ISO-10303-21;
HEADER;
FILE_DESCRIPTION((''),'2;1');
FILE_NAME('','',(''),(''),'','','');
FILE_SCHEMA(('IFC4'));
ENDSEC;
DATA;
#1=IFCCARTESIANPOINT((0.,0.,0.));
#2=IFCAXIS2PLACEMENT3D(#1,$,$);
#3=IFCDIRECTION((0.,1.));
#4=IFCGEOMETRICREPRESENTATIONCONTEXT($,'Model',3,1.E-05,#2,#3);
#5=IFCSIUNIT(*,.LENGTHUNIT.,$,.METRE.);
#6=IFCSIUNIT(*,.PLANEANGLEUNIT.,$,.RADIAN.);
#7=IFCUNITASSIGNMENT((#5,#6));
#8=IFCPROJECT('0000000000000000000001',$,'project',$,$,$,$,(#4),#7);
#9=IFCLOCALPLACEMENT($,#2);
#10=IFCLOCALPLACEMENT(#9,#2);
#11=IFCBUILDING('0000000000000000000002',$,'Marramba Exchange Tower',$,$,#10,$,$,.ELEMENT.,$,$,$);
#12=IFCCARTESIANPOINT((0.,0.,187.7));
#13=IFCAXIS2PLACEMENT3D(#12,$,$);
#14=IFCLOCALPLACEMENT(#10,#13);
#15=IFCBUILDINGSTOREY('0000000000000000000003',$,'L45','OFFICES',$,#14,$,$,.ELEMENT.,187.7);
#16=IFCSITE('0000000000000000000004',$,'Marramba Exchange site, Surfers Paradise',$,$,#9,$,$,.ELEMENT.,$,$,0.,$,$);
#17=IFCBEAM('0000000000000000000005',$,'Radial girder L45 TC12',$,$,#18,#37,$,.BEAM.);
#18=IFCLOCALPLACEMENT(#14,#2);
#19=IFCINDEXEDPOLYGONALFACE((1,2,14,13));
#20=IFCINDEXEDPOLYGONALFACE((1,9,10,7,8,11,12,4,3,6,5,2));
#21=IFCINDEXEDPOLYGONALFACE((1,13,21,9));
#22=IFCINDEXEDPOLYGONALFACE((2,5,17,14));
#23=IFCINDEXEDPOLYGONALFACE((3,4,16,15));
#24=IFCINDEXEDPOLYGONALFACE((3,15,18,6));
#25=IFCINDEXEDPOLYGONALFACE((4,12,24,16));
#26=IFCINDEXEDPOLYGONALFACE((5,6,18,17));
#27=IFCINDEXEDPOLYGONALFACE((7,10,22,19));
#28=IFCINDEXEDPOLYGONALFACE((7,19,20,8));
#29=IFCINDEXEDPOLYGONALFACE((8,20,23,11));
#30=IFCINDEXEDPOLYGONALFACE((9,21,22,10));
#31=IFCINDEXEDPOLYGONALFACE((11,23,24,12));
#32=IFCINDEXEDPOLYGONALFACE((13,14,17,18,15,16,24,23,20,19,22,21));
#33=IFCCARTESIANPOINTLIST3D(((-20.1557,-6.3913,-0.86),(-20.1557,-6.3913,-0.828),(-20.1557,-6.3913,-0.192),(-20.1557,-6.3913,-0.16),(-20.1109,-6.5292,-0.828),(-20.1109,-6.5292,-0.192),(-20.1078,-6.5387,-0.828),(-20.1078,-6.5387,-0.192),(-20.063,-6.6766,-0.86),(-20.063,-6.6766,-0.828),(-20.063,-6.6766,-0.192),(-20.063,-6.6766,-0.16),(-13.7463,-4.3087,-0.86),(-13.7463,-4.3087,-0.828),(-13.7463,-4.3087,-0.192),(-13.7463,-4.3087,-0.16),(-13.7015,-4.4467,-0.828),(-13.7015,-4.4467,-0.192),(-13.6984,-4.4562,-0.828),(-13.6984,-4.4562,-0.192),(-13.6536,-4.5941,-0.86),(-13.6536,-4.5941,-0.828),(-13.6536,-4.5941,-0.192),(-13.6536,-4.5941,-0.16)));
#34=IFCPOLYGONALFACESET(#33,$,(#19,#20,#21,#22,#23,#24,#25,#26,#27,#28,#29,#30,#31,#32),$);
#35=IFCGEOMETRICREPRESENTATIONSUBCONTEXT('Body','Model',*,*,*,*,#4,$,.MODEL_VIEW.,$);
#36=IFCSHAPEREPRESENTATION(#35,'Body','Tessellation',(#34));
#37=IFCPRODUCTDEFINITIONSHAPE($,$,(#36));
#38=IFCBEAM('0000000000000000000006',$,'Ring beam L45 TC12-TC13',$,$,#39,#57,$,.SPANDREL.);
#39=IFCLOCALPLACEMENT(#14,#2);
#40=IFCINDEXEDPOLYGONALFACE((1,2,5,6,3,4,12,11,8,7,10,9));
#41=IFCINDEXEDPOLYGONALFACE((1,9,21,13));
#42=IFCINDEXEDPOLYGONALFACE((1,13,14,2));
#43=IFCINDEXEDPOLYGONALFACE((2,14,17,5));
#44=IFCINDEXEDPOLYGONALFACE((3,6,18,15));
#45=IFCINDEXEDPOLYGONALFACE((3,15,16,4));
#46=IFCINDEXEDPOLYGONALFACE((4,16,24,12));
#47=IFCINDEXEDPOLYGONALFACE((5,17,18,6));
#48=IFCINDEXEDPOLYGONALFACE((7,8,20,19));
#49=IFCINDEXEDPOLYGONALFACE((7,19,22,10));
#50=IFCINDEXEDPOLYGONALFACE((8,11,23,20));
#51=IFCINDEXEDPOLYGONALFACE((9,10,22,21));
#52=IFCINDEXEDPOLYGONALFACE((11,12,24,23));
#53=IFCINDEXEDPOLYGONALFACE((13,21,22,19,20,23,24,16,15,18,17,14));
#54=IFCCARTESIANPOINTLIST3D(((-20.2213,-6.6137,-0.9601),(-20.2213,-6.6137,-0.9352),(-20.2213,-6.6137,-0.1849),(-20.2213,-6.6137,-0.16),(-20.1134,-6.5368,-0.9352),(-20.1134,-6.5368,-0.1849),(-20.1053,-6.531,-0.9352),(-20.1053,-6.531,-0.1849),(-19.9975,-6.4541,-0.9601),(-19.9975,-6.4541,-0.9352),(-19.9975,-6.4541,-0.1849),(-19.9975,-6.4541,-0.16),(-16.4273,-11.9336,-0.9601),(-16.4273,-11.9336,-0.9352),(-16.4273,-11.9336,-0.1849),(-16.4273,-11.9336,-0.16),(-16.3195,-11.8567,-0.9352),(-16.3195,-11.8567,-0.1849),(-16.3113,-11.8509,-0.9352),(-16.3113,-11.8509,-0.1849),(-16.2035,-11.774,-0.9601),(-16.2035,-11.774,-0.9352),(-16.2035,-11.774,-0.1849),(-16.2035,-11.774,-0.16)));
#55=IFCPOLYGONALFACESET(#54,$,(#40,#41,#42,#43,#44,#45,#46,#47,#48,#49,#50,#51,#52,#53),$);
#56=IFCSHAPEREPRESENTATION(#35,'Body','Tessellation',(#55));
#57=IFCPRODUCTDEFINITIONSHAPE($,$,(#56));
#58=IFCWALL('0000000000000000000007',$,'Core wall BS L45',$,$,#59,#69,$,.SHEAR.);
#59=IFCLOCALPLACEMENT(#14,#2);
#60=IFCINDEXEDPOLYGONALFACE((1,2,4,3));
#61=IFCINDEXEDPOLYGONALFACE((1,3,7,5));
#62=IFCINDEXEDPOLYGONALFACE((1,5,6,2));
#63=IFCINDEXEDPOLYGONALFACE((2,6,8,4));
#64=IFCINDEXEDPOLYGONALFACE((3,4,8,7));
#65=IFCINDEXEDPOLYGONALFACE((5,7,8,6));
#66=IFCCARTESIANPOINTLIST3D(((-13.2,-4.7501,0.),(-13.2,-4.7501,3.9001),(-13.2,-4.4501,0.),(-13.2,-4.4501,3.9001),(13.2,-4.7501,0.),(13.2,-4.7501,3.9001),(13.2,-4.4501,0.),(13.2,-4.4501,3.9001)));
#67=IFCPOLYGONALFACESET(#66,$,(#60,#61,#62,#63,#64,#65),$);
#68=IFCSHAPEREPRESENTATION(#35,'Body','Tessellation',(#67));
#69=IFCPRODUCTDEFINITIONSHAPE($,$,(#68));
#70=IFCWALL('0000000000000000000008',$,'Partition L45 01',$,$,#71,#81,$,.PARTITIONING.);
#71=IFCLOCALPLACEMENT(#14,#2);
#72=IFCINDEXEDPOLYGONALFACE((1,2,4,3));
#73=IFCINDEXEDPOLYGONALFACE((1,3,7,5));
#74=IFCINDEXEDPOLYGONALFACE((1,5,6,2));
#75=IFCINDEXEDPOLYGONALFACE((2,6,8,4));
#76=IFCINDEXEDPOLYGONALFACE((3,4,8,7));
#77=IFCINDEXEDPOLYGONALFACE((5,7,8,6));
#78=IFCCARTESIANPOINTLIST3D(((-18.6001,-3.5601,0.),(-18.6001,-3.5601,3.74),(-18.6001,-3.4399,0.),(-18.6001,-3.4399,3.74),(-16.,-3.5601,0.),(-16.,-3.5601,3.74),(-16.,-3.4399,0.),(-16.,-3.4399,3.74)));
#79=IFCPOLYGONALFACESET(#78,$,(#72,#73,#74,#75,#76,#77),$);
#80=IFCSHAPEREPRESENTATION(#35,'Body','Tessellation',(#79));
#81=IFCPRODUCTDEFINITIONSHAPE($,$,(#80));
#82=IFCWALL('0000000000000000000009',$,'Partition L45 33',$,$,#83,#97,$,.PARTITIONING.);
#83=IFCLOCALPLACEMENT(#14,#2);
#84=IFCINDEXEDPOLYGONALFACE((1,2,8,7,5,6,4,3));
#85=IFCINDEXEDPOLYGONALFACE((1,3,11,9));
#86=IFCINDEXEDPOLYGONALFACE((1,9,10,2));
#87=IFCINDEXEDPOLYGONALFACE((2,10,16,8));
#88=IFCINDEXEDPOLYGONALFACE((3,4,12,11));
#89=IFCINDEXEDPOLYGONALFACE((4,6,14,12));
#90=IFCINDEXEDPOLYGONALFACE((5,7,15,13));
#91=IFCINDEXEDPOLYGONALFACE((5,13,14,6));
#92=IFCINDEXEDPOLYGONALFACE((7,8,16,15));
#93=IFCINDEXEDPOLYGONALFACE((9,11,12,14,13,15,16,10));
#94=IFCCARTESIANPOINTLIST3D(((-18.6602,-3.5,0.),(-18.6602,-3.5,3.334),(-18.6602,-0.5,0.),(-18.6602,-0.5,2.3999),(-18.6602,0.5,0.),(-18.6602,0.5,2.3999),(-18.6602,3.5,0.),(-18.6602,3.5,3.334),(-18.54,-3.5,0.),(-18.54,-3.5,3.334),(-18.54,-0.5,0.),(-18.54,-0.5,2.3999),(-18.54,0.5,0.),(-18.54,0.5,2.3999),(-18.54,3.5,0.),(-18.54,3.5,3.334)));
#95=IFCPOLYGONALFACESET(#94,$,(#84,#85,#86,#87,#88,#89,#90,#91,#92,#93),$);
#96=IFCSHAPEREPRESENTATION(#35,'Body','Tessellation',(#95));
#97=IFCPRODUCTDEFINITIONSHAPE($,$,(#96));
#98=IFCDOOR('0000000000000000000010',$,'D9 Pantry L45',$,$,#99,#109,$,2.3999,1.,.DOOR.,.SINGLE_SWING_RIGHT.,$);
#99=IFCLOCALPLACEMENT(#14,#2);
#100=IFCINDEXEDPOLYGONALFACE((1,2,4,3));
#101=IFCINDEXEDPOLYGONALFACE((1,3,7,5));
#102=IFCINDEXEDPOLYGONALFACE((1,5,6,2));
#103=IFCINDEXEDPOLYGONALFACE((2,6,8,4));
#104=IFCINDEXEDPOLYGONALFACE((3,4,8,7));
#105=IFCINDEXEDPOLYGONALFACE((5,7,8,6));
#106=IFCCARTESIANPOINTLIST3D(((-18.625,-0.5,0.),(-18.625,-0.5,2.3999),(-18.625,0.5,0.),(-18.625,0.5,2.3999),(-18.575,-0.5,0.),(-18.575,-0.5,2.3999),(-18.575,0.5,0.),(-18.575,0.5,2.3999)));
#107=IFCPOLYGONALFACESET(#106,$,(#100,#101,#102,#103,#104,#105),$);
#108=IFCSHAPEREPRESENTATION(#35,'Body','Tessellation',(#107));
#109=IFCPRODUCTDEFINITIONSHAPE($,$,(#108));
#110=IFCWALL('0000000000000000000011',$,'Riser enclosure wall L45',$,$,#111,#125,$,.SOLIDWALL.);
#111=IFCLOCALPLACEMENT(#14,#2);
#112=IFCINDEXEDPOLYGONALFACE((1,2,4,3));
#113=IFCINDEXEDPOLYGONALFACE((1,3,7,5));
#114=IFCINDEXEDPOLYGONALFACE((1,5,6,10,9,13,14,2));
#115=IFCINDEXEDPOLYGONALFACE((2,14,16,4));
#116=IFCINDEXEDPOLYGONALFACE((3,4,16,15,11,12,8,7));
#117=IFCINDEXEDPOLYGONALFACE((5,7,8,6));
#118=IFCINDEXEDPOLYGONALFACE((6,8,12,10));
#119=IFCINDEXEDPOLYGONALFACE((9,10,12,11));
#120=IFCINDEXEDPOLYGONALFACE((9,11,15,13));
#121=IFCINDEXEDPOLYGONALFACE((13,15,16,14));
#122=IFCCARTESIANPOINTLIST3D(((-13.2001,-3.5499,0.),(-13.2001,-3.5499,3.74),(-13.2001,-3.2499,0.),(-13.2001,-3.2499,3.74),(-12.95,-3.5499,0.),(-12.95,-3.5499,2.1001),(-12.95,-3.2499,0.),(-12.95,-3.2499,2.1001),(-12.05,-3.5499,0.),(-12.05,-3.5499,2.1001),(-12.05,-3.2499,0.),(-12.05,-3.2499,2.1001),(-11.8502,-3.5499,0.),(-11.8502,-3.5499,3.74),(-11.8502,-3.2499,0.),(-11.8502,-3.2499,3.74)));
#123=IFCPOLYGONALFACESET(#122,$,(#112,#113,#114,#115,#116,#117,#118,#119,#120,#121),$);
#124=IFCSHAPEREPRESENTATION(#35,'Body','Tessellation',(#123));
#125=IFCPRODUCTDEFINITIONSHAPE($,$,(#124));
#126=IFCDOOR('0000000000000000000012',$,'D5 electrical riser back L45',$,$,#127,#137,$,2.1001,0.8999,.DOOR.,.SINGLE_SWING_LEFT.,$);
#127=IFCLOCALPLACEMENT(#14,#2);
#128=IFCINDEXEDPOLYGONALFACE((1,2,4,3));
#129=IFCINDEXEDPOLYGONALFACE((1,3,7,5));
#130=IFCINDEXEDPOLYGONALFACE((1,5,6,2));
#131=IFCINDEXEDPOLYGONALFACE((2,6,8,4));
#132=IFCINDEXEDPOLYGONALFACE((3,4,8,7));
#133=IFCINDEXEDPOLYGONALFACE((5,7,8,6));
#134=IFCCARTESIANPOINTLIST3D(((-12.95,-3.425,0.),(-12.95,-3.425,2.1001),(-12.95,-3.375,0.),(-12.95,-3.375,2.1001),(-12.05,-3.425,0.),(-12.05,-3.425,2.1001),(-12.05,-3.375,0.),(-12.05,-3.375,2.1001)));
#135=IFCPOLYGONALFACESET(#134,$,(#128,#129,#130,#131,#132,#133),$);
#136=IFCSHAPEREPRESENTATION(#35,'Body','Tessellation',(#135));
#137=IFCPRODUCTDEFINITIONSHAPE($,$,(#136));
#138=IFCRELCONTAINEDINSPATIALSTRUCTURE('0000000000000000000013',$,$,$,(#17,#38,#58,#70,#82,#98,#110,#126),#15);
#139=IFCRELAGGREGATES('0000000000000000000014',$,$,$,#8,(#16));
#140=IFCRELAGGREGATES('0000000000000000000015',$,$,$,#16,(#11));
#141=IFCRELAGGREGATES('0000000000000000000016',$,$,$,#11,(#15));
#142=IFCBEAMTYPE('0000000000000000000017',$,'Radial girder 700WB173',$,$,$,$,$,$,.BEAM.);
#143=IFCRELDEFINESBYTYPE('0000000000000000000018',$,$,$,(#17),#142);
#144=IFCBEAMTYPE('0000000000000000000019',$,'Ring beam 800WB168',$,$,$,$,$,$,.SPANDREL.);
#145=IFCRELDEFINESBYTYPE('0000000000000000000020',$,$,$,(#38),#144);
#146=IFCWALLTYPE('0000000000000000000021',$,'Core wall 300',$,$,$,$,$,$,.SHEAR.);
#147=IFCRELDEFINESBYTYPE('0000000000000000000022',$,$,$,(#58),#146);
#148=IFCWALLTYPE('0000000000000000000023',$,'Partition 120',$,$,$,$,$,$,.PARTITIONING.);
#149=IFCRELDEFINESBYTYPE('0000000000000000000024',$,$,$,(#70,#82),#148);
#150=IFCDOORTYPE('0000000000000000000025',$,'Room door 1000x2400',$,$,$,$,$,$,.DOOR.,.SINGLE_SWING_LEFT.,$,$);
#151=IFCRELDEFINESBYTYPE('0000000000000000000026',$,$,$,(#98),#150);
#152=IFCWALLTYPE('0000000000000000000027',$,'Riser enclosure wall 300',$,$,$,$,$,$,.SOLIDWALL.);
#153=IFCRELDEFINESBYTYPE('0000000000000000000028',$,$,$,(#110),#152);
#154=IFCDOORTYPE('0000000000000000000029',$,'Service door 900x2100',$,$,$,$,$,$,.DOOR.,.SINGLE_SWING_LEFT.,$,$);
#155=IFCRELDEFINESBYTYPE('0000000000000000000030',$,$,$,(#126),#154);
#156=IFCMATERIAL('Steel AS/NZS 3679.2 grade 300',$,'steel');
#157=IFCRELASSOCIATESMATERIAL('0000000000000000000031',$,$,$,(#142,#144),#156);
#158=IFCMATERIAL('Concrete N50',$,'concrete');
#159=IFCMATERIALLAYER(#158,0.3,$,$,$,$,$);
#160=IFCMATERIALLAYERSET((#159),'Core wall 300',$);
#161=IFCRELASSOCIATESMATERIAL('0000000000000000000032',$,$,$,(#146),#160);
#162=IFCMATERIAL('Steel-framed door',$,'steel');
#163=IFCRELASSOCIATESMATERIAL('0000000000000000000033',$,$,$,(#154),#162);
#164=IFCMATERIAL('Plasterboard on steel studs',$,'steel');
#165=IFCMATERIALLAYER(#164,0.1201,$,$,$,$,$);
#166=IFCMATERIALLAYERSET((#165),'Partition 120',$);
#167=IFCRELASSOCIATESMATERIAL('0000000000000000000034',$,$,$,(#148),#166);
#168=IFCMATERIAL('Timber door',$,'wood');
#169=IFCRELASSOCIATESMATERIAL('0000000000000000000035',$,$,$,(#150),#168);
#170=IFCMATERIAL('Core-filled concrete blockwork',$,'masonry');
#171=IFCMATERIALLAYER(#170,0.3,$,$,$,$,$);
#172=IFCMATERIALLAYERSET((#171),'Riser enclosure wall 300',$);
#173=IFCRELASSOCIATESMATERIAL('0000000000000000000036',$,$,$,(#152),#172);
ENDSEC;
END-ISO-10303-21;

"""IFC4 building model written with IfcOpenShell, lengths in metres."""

from ifc_helpers import new_model, si_unit, direction, frame, frame_2d, origin, origin_2d, place, context, subcontext, project, spatial, rectangle, i_section, extrude, material, layer, layer_set, material_profile, profile_set, type_object, element, fill, save


model = new_model("IFC4")

# Units and contexts
model_context = context("Model", 3, precision=1e-05, world=origin(), true_north=direction((0.0, 1.0)))
body_context = subcontext(model_context, "Body", "Model", "MODEL_VIEW")
ifc_project = project(units=[si_unit("LENGTHUNIT", "METRE"), si_unit("PLANEANGLEUNIT", "RADIAN")], contexts=[model_context])

# Site, building, storey
site_placement = place(None, origin())
site = spatial("IfcSite", under=ifc_project, at=site_placement, Name="Marramba Exchange site, Surfers Paradise", CompositionType="ELEMENT", RefElevation=0.0)
building_placement = place(site_placement, origin())
building = spatial("IfcBuilding", under=site, at=building_placement, Name="Marramba Exchange Tower", CompositionType="ELEMENT")
storey_placement = place(building_placement, frame((0.0, 0.0, 187.7)))
storey = spatial("IfcBuildingStorey", under=building, at=storey_placement, Name="L45", Description="OFFICES", CompositionType="ELEMENT", Elevation=187.7)

# Shared definitions
ifc_material_1 = material(Name="Concrete N50", Category="concrete")

# Beams
ifc_material_2 = material(Name="Steel AS/NZS 3679.2 grade 300", Category="steel")
ifc_material_profile_1 = material_profile(ifc_material_2, i_section(OverallWidth=0.3, OverallDepth=0.7, WebThickness=0.01, FlangeThickness=0.032, at=origin_2d()), Name="700WB173")
ifc_profile_set_1 = profile_set([ifc_material_profile_1], Name="Steel AS/NZS 3679.2 grade 300")
beam_type_1 = type_object("IfcBeamType", Name="Radial girder 700WB173", PredefinedType="BEAM", material=ifc_profile_set_1)
beam_1_placement = place(storey_placement, frame((-13.7, -4.4514, -0.51), z_axis=(-0.951058, -0.309013, 0.0), x_axis=(0.309013, -0.951058, 0.0)))
element("IfcBeam", 1, at=beam_1_placement, inside=storey, type_object=beam_type_1, Name="Radial girder L45 TC12", PredefinedType="BEAM", context=body_context, shape_type="SweptSolid", body=[
    extrude(i_section(OverallWidth=0.3, OverallDepth=0.7, WebThickness=0.01, FlangeThickness=0.032, at=origin_2d()), origin(), (0.0, 0.0, 1.0), 6.7393),
])
ifc_material_profile_2 = material_profile(ifc_material_2, i_section(OverallWidth=0.2749, OverallDepth=0.8, WebThickness=0.01, FlangeThickness=0.0249, at=origin_2d()), Name="800WB168")
ifc_profile_set_2 = profile_set([ifc_material_profile_2], Name="Steel AS/NZS 3679.2 grade 300")
beam_type_2 = type_object("IfcBeamType", Name="Ring beam 800WB168", PredefinedType="SPANDREL", material=ifc_profile_set_2)
beam_2_placement = place(storey_placement, frame((-20.1094, -6.5339, -0.5601), z_axis=(0.580637, -0.814162, 0.0), x_axis=(0.814162, 0.580637, 0.0)))
element("IfcBeam", 2, at=beam_2_placement, inside=storey, type_object=beam_type_2, Name="Ring beam L45 TC12-TC13", PredefinedType="SPANDREL", context=body_context, shape_type="SweptSolid", body=[
    extrude(i_section(OverallWidth=0.2749, OverallDepth=0.8, WebThickness=0.01, FlangeThickness=0.0249, at=origin_2d()), origin(), (0.0, 0.0, 1.0), 6.5342),
])

# Shared definitions
ifc_layer_1 = layer(ifc_material_1, 0.3)
ifc_layer_set_1 = layer_set([ifc_layer_1], Name="Core wall 300")
wall_type_1 = type_object("IfcWallType", Name="Core wall 300", PredefinedType="SHEAR", material=ifc_layer_set_1)
ifc_material_3 = material(Name="Steel-framed door", Category="steel")
door_type_1 = type_object("IfcDoorType", Name="Service door 900x2100", OperationType="SINGLE_SWING_LEFT", PredefinedType="DOOR", material=ifc_material_3)

# Walls
wall_1_placement = place(storey_placement, frame((-13.2, -4.6001, 0.0), z_axis=(0.0, 0.0, 1.0), x_axis=(1.0, 0.0, 0.0)))
element("IfcWall", 3, at=wall_1_placement, inside=storey, type_object=wall_type_1, Name="Core wall BS L45", PredefinedType="SHEAR", context=body_context, shape_type="SweptSolid", body=[
    extrude(rectangle(XDim=26.3999, YDim=0.3, at=frame_2d((13.2, 0.0))), origin(), (0.0, 0.0, 1.0), 3.9001),
])
ifc_material_4 = material(Name="Plasterboard on steel studs", Category="steel")
ifc_layer_2 = layer(ifc_material_4, 0.1201)
ifc_layer_set_2 = layer_set([ifc_layer_2], Name="Partition 120")
wall_type_2 = type_object("IfcWallType", Name="Partition 120", PredefinedType="PARTITIONING", material=ifc_layer_set_2)
wall_2_placement = place(storey_placement, frame((-16.0, -3.5, 0.0), z_axis=(0.0, 0.0, 1.0), x_axis=(-1.0, 0.0, 0.0)))
element("IfcWall", 4, at=wall_2_placement, inside=storey, type_object=wall_type_2, Name="Partition L45 01", PredefinedType="PARTITIONING", context=body_context, shape_type="SweptSolid", body=[
    extrude(rectangle(XDim=2.6001, YDim=0.1201, at=frame_2d((1.3, 0.0))), origin(), (0.0, 0.0, 1.0), 3.74),
])

# Walls, openings, doors
wall_3_placement = place(storey_placement, frame((-18.6001, -3.5, 0.0), z_axis=(0.0, 0.0, 1.0), x_axis=(0.0, 1.0, 0.0)))
wall_3 = element("IfcWall", 5, at=wall_3_placement, inside=storey, type_object=wall_type_2, Name="Partition L45 33", PredefinedType="PARTITIONING", context=body_context, shape_type="SweptSolid", body=[
    extrude(rectangle(XDim=7.0, YDim=0.1201, at=frame_2d((3.5, 0.0))), origin(), (0.0, 0.0, 1.0), 3.334),
])
opening_1_placement = place(wall_3_placement, frame((3.0, 0.0, 0.0)))
opening_1 = element("IfcOpeningElement", 6, at=opening_1_placement, cuts=wall_3, PredefinedType="OPENING", context=body_context, shape_type="SweptSolid", body=[
    extrude(rectangle(XDim=1.0, YDim=2.3999, at=frame_2d((0.5, 1.2))), frame((0.0, 0.0701, 0.0), z_axis=(0.0, -1.0, 0.0), x_axis=(1.0, 0.0, 0.0)), (0.0, 0.0, 1.0), 0.1401),
])
ifc_material_5 = material(Name="Timber door", Category="wood")
door_type_2 = type_object("IfcDoorType", Name="Room door 1000x2400", OperationType="SINGLE_SWING_LEFT", PredefinedType="DOOR", material=ifc_material_5)
door_1_placement = place(opening_1_placement, frame((1.0, 0.0, 0.0), z_axis=(0.0, 0.0, 1.0), x_axis=(-1.0, 0.0, 0.0)))
door_1 = element("IfcDoor", 7, at=door_1_placement, inside=storey, type_object=door_type_2, Name="D9 Pantry L45", OperationType="SINGLE_SWING_RIGHT", OverallHeight=2.3999, OverallWidth=1.0, PredefinedType="DOOR", context=body_context, shape_type="SweptSolid", body=[
    extrude(rectangle(XDim=1.0, YDim=2.3999, at=frame_2d((0.5, 1.2))), frame((0.0, 0.0251, 0.0), z_axis=(0.0, -1.0, 0.0), x_axis=(1.0, 0.0, 0.0)), (0.0, 0.0, 1.0), 0.05),
])
fill(opening_1, door_1)
ifc_material_6 = material(Name="Core-filled concrete blockwork", Category="masonry")
ifc_layer_3 = layer(ifc_material_6, 0.3)
ifc_layer_set_3 = layer_set([ifc_layer_3], Name="Riser enclosure wall 300")
wall_type_3 = type_object("IfcWallType", Name="Riser enclosure wall 300", PredefinedType="SOLIDWALL", material=ifc_layer_set_3)
wall_4_placement = place(storey_placement, frame((-13.2, -3.3999, 0.0), z_axis=(0.0, 0.0, 1.0), x_axis=(1.0, 0.0, 0.0)))
wall_4 = element("IfcWall", 8, at=wall_4_placement, inside=storey, type_object=wall_type_3, Name="Riser enclosure wall L45", PredefinedType="SOLIDWALL", context=body_context, shape_type="SweptSolid", body=[
    extrude(rectangle(XDim=1.3499, YDim=0.3, at=frame_2d((0.6748, 0.0))), origin(), (0.0, 0.0, 1.0), 3.74),
])
opening_2_placement = place(wall_4_placement, frame((0.25, 0.0, 0.0)))
opening_2 = element("IfcOpeningElement", 9, at=opening_2_placement, cuts=wall_4, PredefinedType="OPENING", context=body_context, shape_type="SweptSolid", body=[
    extrude(rectangle(XDim=0.8999, YDim=2.1001, at=frame_2d((0.45, 1.05))), frame((0.0, 0.1599, 0.0), z_axis=(0.0, -1.0, 0.0), x_axis=(1.0, 0.0, 0.0)), (0.0, 0.0, 1.0), 0.3201),
])
door_2_placement = place(opening_2_placement, frame((0.8999, 0.0, 0.0), z_axis=(0.0, 0.0, 1.0), x_axis=(-1.0, 0.0, 0.0)))
door_2 = element("IfcDoor", 10, at=door_2_placement, inside=storey, type_object=door_type_1, Name="D5 electrical riser back L45", OperationType="SINGLE_SWING_LEFT", OverallHeight=2.1001, OverallWidth=0.8999, PredefinedType="DOOR", context=body_context, shape_type="SweptSolid", body=[
    extrude(rectangle(XDim=0.8999, YDim=2.1001, at=frame_2d((0.45, 1.05))), frame((0.0, 0.0251, 0.0), z_axis=(0.0, -1.0, 0.0), x_axis=(1.0, 0.0, 0.0)), (0.0, 0.0, 1.0), 0.05),
])
fill(opening_2, door_2)

save(model, "model.ifc")
